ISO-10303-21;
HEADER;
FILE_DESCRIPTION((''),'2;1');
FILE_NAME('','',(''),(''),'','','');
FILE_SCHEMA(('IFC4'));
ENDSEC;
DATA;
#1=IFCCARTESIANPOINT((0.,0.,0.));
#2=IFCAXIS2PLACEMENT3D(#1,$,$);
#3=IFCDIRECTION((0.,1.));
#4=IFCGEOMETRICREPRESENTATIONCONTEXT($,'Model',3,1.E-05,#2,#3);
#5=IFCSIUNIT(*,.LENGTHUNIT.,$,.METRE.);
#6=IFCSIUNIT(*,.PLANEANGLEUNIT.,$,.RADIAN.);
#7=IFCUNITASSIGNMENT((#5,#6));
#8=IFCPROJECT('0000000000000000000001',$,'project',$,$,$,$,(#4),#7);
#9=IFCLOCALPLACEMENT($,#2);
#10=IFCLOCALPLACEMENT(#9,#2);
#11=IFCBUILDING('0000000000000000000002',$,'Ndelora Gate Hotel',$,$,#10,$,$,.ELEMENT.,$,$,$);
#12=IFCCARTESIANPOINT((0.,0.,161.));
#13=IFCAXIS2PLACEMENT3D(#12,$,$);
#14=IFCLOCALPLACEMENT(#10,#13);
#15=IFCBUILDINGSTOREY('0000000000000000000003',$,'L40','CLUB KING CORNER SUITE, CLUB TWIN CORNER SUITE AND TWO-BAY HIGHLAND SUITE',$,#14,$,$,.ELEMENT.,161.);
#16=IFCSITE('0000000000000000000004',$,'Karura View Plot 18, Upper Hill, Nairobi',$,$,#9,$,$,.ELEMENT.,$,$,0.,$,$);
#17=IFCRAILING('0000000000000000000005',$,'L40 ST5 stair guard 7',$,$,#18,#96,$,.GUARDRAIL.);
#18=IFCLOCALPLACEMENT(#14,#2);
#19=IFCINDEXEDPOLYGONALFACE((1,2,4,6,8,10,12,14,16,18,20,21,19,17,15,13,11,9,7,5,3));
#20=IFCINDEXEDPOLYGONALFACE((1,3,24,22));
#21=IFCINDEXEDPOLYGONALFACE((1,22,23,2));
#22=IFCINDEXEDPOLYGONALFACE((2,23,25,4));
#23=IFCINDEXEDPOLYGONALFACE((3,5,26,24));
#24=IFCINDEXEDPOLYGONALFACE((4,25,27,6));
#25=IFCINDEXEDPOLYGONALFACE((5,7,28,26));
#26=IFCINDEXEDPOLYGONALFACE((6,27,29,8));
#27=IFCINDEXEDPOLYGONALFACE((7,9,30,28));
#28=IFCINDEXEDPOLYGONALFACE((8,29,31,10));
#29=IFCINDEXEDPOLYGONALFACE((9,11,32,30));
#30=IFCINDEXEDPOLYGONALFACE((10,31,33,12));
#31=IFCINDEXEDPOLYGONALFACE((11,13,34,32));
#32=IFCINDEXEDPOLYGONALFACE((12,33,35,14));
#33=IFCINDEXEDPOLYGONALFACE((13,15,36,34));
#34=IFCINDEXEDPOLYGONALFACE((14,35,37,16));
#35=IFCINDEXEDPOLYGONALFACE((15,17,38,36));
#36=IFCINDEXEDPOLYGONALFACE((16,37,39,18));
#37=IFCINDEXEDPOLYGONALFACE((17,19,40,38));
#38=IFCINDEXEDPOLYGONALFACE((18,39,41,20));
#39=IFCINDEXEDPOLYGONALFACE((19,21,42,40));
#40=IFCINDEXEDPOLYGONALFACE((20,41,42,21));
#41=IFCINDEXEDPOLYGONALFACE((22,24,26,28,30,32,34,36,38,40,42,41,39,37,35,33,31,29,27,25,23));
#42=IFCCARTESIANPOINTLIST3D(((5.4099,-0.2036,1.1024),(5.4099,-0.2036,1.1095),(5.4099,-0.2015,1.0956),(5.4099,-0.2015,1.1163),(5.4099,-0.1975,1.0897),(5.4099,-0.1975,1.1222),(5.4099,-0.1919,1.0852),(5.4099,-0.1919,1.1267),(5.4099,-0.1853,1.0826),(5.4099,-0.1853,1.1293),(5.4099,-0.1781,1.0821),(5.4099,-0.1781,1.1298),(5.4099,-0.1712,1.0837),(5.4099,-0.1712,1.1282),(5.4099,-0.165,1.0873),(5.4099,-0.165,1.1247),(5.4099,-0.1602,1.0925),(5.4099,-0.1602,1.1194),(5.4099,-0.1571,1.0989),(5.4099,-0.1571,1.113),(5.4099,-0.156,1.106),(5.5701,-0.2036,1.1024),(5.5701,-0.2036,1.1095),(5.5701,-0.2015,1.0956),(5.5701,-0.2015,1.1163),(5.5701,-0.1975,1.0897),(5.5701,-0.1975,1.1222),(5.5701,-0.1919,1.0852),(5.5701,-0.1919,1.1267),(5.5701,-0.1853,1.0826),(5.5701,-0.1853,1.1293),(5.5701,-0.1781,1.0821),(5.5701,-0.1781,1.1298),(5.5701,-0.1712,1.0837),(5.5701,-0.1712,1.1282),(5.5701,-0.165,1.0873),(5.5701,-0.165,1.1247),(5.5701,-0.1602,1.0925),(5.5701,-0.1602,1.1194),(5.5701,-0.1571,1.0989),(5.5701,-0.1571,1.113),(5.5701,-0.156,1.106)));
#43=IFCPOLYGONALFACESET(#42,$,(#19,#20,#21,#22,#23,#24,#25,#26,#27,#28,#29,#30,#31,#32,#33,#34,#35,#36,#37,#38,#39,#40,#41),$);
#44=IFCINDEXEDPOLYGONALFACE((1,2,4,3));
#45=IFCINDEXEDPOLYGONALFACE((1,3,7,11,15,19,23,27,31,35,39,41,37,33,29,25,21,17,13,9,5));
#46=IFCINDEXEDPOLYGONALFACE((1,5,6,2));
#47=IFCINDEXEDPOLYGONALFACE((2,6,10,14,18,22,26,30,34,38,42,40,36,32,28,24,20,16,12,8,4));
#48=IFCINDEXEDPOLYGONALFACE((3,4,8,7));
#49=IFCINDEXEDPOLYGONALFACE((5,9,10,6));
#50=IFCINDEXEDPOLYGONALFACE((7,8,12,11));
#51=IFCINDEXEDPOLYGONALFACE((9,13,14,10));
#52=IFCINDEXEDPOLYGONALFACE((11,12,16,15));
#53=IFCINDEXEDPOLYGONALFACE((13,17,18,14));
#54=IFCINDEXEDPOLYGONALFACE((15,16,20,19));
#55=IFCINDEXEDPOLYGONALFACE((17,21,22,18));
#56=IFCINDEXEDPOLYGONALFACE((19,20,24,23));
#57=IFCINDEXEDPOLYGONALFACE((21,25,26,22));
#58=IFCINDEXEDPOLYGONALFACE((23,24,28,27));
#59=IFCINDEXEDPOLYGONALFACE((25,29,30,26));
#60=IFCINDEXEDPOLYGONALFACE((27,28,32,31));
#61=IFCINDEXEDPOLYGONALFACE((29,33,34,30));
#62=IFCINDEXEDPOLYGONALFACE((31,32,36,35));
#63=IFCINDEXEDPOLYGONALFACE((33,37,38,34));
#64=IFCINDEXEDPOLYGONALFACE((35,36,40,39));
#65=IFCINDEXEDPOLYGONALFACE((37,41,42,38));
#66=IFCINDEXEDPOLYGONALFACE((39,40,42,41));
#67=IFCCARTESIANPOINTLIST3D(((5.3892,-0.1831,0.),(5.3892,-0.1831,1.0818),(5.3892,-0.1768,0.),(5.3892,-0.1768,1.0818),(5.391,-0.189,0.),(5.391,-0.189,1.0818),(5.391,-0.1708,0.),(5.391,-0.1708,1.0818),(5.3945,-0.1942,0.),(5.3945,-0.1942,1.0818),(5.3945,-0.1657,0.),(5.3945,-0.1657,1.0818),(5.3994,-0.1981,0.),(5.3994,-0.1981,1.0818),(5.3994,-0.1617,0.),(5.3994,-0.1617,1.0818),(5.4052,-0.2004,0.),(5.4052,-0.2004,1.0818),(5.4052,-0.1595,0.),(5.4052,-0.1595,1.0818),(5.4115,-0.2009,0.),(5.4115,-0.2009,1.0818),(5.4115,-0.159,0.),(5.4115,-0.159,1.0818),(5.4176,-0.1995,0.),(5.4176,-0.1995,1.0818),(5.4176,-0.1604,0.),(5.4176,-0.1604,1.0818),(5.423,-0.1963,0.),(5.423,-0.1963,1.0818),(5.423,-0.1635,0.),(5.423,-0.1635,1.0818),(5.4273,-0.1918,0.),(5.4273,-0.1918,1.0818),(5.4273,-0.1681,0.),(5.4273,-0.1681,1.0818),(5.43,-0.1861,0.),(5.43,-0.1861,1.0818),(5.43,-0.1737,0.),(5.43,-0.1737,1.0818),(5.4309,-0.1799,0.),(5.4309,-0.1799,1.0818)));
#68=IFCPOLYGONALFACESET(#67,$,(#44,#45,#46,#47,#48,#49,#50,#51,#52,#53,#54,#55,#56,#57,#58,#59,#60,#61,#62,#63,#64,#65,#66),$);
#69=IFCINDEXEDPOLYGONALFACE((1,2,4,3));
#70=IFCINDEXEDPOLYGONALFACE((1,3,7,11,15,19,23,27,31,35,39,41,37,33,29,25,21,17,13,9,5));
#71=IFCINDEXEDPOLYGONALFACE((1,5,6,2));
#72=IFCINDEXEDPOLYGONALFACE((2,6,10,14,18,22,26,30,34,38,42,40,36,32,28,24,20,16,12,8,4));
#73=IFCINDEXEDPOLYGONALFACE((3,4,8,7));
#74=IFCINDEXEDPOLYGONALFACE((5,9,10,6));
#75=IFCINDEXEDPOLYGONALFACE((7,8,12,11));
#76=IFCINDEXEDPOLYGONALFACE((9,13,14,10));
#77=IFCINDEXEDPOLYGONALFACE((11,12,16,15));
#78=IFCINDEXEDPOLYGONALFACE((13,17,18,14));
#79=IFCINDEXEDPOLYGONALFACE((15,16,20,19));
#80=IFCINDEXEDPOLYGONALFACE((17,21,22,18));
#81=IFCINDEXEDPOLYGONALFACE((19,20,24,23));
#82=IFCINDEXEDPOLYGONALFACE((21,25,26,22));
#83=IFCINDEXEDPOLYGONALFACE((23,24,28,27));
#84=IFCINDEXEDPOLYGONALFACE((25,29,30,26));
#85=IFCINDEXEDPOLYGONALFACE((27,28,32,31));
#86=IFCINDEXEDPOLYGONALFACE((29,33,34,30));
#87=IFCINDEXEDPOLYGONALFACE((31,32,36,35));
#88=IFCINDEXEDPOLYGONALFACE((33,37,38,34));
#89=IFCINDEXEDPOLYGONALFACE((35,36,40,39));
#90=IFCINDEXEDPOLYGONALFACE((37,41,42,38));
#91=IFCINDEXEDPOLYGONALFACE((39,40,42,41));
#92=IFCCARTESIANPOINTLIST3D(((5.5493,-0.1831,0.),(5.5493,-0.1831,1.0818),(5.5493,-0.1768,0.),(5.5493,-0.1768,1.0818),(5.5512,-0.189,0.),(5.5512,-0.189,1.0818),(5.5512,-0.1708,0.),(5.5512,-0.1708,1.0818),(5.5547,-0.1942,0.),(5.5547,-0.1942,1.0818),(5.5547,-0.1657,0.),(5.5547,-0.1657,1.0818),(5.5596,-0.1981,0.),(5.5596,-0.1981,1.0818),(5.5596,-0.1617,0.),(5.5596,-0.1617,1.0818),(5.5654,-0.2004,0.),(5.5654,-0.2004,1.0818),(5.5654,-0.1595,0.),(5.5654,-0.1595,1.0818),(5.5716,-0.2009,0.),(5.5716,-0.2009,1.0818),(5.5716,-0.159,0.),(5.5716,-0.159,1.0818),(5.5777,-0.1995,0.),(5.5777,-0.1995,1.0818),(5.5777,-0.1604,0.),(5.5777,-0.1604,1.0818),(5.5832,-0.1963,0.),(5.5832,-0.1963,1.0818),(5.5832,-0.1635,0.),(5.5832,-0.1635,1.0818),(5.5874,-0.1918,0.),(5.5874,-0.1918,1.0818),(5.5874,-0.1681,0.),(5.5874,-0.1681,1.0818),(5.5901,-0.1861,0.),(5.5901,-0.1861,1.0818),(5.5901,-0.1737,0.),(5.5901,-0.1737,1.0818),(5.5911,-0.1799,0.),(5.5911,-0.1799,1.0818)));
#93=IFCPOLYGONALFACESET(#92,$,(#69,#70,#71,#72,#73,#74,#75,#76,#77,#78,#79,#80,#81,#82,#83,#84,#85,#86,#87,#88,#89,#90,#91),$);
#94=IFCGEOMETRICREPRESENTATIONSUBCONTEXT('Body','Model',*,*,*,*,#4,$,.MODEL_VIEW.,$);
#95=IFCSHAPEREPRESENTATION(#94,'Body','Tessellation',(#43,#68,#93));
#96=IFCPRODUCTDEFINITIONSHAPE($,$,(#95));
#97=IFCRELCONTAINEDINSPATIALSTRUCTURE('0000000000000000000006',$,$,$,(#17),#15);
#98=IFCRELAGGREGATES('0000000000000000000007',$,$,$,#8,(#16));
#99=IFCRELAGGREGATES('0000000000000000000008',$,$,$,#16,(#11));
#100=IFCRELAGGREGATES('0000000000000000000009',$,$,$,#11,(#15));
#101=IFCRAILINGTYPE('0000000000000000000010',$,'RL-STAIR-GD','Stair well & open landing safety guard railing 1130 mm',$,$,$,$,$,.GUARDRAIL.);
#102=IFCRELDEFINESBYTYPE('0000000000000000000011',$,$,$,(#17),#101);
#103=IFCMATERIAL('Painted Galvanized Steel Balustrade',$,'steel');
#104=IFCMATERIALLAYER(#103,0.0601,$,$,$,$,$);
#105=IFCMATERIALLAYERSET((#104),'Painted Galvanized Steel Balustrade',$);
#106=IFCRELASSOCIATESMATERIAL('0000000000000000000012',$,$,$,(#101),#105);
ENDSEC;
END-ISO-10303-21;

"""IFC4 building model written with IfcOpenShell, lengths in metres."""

from ifc_helpers import new_model, si_unit, direction, frame, origin, origin_2d, place, context, subcontext, project, spatial, circle, extrude, material, layer, layer_set, type_object, element, save


model = new_model("IFC4")

# Units and contexts
model_context = context("Model", 3, precision=1e-05, world=origin(), true_north=direction((0.0, 1.0)))
body_context = subcontext(model_context, "Body", "Model", "MODEL_VIEW")
ifc_project = project(units=[si_unit("LENGTHUNIT", "METRE"), si_unit("PLANEANGLEUNIT", "RADIAN")], contexts=[model_context])

# Site, building, storey
site_placement = place(None, origin())
site = spatial("IfcSite", under=ifc_project, at=site_placement, Name="Karura View Plot 18, Upper Hill, Nairobi", CompositionType="ELEMENT", RefElevation=0.0)
building_placement = place(site_placement, origin())
building = spatial("IfcBuilding", under=site, at=building_placement, Name="Ndelora Gate Hotel", CompositionType="ELEMENT")
storey_placement = place(building_placement, frame((0.0, 0.0, 161.0)))
storey = spatial("IfcBuildingStorey", under=building, at=storey_placement, Name="L40", Description="CLUB KING CORNER SUITE, CLUB TWIN CORNER SUITE AND TWO-BAY HIGHLAND SUITE", CompositionType="ELEMENT", Elevation=161.0)

# Railing
ifc_material_1 = material(Name="Painted Galvanized Steel Balustrade", Category="steel")
ifc_layer_1 = layer(ifc_material_1, 0.0601)
ifc_layer_set_1 = layer_set([ifc_layer_1], Name="Painted Galvanized Steel Balustrade")
railing_type_1 = type_object("IfcRailingType", Name="RL-STAIR-GD", Description="Stair well & open landing safety guard railing 1130 mm", PredefinedType="GUARDRAIL", material=ifc_layer_set_1)
railing_1_placement = place(storey_placement, frame((5.4099, -0.1799, 0.0)))
element("IfcRailing", 1, at=railing_1_placement, inside=storey, type_object=railing_type_1, Name="L40 ST5 stair guard 7", PredefinedType="GUARDRAIL", context=body_context, shape_type="SweptSolid", body=[
    extrude(circle(Radius=0.0239, at=origin_2d()), frame((0.0, 0.0, 1.106), z_axis=(1.0, 0.0, 0.0), x_axis=(0.0, 1.0, 0.0)), (0.0, 0.0, 1.0), 0.1602),
    extrude(circle(Radius=0.021, at=origin_2d()), origin(), (0.0, 0.0, 1.0), 1.0818),
    extrude(circle(Radius=0.021, at=origin_2d()), frame((0.1602, 0.0, 0.0)), (0.0, 0.0, 1.0), 1.0818),
])

save(model, "model.ifc")
